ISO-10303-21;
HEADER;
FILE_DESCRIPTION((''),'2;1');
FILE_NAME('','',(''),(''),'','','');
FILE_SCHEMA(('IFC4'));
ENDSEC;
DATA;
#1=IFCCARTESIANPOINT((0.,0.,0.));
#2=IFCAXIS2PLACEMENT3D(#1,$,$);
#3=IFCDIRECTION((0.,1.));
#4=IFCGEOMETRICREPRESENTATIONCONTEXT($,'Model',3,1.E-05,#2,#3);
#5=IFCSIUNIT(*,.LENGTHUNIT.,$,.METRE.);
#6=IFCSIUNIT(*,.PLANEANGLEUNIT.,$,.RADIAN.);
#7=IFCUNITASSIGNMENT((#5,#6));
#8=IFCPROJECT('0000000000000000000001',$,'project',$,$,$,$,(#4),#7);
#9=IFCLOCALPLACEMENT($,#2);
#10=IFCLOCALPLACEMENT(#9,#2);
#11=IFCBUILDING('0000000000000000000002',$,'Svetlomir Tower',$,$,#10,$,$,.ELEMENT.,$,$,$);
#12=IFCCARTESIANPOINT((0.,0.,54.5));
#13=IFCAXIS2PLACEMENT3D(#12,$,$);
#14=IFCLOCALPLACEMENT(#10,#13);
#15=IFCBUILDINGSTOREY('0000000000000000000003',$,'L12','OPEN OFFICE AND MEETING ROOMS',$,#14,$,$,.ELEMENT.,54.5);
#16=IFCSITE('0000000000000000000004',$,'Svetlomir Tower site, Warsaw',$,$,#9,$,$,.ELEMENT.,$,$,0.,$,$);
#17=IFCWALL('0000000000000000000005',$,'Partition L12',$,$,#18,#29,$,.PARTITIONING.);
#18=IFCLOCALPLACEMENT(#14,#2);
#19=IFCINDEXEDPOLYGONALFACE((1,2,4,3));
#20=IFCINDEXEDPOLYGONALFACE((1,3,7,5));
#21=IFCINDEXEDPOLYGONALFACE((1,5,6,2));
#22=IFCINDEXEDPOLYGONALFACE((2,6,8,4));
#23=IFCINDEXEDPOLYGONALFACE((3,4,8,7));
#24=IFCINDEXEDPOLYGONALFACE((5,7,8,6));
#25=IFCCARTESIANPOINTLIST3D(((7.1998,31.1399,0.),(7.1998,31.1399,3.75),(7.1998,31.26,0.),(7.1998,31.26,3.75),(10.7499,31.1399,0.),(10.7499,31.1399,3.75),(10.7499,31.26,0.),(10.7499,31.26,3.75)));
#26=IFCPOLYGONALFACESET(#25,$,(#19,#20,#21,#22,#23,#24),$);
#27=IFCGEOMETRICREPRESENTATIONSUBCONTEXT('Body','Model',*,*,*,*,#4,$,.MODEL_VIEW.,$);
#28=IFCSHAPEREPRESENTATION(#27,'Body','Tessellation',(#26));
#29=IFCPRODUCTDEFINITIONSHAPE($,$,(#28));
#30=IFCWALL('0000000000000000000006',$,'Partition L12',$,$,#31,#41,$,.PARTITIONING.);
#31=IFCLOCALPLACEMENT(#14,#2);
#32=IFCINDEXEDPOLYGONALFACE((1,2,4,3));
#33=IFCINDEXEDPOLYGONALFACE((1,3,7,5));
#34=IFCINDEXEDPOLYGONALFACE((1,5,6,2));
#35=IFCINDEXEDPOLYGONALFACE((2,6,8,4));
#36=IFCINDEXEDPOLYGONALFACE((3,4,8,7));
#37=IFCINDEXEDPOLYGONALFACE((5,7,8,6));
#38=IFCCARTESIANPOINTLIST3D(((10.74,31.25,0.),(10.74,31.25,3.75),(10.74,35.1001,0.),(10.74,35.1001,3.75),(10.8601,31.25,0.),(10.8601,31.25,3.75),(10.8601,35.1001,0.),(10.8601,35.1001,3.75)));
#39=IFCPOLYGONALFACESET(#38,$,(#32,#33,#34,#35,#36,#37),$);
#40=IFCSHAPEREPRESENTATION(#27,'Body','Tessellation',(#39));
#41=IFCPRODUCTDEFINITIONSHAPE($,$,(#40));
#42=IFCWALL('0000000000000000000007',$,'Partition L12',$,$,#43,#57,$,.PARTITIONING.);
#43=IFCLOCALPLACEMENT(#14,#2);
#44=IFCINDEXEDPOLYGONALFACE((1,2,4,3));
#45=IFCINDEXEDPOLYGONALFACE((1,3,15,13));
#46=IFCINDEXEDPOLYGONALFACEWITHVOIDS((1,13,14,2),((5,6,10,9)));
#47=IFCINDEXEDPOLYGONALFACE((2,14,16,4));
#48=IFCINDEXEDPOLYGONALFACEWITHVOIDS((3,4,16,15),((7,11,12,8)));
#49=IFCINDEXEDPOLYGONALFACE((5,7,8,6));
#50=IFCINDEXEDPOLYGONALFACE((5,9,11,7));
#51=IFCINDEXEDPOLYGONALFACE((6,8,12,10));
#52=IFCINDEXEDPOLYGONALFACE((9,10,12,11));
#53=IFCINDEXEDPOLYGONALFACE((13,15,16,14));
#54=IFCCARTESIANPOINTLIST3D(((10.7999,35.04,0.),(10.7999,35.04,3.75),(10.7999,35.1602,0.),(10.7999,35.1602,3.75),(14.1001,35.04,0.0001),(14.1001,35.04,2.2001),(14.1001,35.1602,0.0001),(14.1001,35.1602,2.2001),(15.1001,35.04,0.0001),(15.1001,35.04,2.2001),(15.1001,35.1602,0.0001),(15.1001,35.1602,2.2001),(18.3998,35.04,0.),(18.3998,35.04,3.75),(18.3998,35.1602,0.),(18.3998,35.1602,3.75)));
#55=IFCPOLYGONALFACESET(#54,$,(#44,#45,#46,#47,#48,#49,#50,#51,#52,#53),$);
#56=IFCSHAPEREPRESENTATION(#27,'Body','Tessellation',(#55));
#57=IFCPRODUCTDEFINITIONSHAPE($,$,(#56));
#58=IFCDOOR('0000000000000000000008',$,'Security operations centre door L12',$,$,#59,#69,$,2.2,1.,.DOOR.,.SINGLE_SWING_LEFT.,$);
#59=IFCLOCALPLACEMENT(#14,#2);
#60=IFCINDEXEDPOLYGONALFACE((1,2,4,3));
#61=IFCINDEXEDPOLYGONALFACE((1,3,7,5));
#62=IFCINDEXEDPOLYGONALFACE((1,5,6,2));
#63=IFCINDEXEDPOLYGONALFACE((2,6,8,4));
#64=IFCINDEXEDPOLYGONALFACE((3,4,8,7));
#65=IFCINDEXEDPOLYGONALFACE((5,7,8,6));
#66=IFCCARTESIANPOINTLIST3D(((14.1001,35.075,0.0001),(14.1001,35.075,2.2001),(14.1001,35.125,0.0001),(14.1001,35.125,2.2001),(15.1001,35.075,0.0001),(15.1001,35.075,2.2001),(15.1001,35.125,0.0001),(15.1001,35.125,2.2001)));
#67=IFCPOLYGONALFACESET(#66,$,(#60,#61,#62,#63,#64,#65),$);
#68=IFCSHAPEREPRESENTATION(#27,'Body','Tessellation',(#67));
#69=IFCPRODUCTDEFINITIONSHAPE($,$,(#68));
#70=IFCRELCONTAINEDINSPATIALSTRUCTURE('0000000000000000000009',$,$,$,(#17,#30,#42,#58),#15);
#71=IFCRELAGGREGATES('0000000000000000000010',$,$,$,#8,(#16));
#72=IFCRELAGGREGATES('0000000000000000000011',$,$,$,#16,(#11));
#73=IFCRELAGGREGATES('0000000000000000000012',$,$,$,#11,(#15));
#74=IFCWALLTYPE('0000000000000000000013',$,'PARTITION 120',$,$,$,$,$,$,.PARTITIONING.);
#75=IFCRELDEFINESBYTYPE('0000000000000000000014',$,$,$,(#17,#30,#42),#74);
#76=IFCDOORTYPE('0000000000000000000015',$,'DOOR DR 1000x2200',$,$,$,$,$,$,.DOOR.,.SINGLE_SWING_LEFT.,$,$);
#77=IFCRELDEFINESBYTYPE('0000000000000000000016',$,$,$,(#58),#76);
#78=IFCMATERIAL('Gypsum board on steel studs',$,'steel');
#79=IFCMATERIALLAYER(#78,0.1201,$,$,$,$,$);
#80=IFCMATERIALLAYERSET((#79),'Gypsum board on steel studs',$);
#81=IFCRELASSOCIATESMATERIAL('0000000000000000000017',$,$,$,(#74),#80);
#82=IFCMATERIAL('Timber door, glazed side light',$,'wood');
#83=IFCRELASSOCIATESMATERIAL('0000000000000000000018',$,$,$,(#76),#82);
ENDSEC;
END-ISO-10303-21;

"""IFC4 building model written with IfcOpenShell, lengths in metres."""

from ifc_helpers import new_model, si_unit, direction, frame, frame_2d, origin, place, context, subcontext, project, spatial, rectangle, extrude, material, layer, layer_set, type_object, element, fill, save


model = new_model("IFC4")

# Units and contexts
model_context = context("Model", 3, precision=1e-05, world=origin(), true_north=direction((0.0, 1.0)))
body_context = subcontext(model_context, "Body", "Model", "MODEL_VIEW")
ifc_project = project(units=[si_unit("LENGTHUNIT", "METRE"), si_unit("PLANEANGLEUNIT", "RADIAN")], contexts=[model_context])

# Site, building, storey
site_placement = place(None, origin())
site = spatial("IfcSite", under=ifc_project, at=site_placement, Name="Svetlomir Tower site, Warsaw", CompositionType="ELEMENT", RefElevation=0.0)
building_placement = place(site_placement, origin())
building = spatial("IfcBuilding", under=site, at=building_placement, Name="Svetlomir Tower", CompositionType="ELEMENT")
storey_placement = place(building_placement, frame((0.0, 0.0, 54.5)))
storey = spatial("IfcBuildingStorey", under=building, at=storey_placement, Name="L12", Description="OPEN OFFICE AND MEETING ROOMS", CompositionType="ELEMENT", Elevation=54.5)

# Shared definitions
ifc_material_1 = material(Name="Gypsum board on steel studs", Category="steel")
ifc_layer_1 = layer(ifc_material_1, 0.1201)
ifc_layer_set_1 = layer_set([ifc_layer_1], Name="Gypsum board on steel studs")
wall_type_1 = type_object("IfcWallType", Name="PARTITION 120", PredefinedType="PARTITIONING", material=ifc_layer_set_1)

# Walls
for number, where, z_axis, x_axis, name in (
    (1, (7.2, 31.2, 0.0), (0.0, 0.0, 1.0), (1.0, 0.0, 0.0), "Partition L12"),
):
    element("IfcWall", number, at=place(storey_placement, frame(where, z_axis=z_axis, x_axis=x_axis)), inside=storey, type_object=wall_type_1, Name=name, PredefinedType="PARTITIONING", context=body_context, shape_type="SweptSolid", body=[
        extrude(rectangle(XDim=3.55, YDim=0.1201, at=frame_2d((1.7749, 0.0))), origin(), (0.0, 0.0, 1.0), 3.75),
    ])
wall_1_placement = place(storey_placement, frame((10.8, 31.25, 0.0), z_axis=(0.0, 0.0, 1.0), x_axis=(0.0, 1.0, 0.0)))
element("IfcWall", 2, at=wall_1_placement, inside=storey, type_object=wall_type_1, Name="Partition L12", PredefinedType="PARTITIONING", context=body_context, shape_type="SweptSolid", body=[
    extrude(rectangle(XDim=3.8501, YDim=0.1201, at=frame_2d((1.925, 0.0))), origin(), (0.0, 0.0, 1.0), 3.75),
])

# Wall, opening, door
wall_2_placement = place(storey_placement, frame((10.8, 35.1001, 0.0), z_axis=(0.0, 0.0, 1.0), x_axis=(1.0, 0.0, 0.0)))
wall_2 = element("IfcWall", 3, at=wall_2_placement, inside=storey, type_object=wall_type_1, Name="Partition L12", PredefinedType="PARTITIONING", context=body_context, shape_type="SweptSolid", body=[
    extrude(rectangle(XDim=7.5999, YDim=0.1201, at=frame_2d((3.7998, 0.0))), origin(), (0.0, 0.0, 1.0), 3.75),
])
opening_1_placement = place(wall_2_placement, frame((3.3, 0.0, 0.0)))
opening_1 = element("IfcOpeningElement", 4, at=opening_1_placement, cuts=wall_2, PredefinedType="OPENING", context=body_context, shape_type="SweptSolid", body=[
    extrude(rectangle(XDim=1.0, YDim=2.2, at=frame_2d((0.5, 1.1001))), frame((0.0, 0.0701, 0.0), z_axis=(0.0, -1.0, 0.0), x_axis=(1.0, 0.0, 0.0)), (0.0, 0.0, 1.0), 0.1401),
])
ifc_material_2 = material(Name="Timber door, glazed side light", Category="wood")
door_type_1 = type_object("IfcDoorType", Name="DOOR DR 1000x2200", OperationType="SINGLE_SWING_LEFT", PredefinedType="DOOR", material=ifc_material_2)
door_1_placement = place(opening_1_placement, origin())
door_1 = element("IfcDoor", 5, at=door_1_placement, inside=storey, type_object=door_type_1, Name="Security operations centre door L12", OperationType="SINGLE_SWING_LEFT", OverallHeight=2.2, OverallWidth=1.0, PredefinedType="DOOR", context=body_context, shape_type="SweptSolid", body=[
    extrude(rectangle(XDim=1.0, YDim=2.2, at=frame_2d((0.5, 1.1001))), frame((0.0, 0.0249, 0.0), z_axis=(0.0, -1.0, 0.0), x_axis=(1.0, 0.0, 0.0)), (0.0, 0.0, 1.0), 0.05),
])
fill(opening_1, door_1)

save(model, "model.ifc")
